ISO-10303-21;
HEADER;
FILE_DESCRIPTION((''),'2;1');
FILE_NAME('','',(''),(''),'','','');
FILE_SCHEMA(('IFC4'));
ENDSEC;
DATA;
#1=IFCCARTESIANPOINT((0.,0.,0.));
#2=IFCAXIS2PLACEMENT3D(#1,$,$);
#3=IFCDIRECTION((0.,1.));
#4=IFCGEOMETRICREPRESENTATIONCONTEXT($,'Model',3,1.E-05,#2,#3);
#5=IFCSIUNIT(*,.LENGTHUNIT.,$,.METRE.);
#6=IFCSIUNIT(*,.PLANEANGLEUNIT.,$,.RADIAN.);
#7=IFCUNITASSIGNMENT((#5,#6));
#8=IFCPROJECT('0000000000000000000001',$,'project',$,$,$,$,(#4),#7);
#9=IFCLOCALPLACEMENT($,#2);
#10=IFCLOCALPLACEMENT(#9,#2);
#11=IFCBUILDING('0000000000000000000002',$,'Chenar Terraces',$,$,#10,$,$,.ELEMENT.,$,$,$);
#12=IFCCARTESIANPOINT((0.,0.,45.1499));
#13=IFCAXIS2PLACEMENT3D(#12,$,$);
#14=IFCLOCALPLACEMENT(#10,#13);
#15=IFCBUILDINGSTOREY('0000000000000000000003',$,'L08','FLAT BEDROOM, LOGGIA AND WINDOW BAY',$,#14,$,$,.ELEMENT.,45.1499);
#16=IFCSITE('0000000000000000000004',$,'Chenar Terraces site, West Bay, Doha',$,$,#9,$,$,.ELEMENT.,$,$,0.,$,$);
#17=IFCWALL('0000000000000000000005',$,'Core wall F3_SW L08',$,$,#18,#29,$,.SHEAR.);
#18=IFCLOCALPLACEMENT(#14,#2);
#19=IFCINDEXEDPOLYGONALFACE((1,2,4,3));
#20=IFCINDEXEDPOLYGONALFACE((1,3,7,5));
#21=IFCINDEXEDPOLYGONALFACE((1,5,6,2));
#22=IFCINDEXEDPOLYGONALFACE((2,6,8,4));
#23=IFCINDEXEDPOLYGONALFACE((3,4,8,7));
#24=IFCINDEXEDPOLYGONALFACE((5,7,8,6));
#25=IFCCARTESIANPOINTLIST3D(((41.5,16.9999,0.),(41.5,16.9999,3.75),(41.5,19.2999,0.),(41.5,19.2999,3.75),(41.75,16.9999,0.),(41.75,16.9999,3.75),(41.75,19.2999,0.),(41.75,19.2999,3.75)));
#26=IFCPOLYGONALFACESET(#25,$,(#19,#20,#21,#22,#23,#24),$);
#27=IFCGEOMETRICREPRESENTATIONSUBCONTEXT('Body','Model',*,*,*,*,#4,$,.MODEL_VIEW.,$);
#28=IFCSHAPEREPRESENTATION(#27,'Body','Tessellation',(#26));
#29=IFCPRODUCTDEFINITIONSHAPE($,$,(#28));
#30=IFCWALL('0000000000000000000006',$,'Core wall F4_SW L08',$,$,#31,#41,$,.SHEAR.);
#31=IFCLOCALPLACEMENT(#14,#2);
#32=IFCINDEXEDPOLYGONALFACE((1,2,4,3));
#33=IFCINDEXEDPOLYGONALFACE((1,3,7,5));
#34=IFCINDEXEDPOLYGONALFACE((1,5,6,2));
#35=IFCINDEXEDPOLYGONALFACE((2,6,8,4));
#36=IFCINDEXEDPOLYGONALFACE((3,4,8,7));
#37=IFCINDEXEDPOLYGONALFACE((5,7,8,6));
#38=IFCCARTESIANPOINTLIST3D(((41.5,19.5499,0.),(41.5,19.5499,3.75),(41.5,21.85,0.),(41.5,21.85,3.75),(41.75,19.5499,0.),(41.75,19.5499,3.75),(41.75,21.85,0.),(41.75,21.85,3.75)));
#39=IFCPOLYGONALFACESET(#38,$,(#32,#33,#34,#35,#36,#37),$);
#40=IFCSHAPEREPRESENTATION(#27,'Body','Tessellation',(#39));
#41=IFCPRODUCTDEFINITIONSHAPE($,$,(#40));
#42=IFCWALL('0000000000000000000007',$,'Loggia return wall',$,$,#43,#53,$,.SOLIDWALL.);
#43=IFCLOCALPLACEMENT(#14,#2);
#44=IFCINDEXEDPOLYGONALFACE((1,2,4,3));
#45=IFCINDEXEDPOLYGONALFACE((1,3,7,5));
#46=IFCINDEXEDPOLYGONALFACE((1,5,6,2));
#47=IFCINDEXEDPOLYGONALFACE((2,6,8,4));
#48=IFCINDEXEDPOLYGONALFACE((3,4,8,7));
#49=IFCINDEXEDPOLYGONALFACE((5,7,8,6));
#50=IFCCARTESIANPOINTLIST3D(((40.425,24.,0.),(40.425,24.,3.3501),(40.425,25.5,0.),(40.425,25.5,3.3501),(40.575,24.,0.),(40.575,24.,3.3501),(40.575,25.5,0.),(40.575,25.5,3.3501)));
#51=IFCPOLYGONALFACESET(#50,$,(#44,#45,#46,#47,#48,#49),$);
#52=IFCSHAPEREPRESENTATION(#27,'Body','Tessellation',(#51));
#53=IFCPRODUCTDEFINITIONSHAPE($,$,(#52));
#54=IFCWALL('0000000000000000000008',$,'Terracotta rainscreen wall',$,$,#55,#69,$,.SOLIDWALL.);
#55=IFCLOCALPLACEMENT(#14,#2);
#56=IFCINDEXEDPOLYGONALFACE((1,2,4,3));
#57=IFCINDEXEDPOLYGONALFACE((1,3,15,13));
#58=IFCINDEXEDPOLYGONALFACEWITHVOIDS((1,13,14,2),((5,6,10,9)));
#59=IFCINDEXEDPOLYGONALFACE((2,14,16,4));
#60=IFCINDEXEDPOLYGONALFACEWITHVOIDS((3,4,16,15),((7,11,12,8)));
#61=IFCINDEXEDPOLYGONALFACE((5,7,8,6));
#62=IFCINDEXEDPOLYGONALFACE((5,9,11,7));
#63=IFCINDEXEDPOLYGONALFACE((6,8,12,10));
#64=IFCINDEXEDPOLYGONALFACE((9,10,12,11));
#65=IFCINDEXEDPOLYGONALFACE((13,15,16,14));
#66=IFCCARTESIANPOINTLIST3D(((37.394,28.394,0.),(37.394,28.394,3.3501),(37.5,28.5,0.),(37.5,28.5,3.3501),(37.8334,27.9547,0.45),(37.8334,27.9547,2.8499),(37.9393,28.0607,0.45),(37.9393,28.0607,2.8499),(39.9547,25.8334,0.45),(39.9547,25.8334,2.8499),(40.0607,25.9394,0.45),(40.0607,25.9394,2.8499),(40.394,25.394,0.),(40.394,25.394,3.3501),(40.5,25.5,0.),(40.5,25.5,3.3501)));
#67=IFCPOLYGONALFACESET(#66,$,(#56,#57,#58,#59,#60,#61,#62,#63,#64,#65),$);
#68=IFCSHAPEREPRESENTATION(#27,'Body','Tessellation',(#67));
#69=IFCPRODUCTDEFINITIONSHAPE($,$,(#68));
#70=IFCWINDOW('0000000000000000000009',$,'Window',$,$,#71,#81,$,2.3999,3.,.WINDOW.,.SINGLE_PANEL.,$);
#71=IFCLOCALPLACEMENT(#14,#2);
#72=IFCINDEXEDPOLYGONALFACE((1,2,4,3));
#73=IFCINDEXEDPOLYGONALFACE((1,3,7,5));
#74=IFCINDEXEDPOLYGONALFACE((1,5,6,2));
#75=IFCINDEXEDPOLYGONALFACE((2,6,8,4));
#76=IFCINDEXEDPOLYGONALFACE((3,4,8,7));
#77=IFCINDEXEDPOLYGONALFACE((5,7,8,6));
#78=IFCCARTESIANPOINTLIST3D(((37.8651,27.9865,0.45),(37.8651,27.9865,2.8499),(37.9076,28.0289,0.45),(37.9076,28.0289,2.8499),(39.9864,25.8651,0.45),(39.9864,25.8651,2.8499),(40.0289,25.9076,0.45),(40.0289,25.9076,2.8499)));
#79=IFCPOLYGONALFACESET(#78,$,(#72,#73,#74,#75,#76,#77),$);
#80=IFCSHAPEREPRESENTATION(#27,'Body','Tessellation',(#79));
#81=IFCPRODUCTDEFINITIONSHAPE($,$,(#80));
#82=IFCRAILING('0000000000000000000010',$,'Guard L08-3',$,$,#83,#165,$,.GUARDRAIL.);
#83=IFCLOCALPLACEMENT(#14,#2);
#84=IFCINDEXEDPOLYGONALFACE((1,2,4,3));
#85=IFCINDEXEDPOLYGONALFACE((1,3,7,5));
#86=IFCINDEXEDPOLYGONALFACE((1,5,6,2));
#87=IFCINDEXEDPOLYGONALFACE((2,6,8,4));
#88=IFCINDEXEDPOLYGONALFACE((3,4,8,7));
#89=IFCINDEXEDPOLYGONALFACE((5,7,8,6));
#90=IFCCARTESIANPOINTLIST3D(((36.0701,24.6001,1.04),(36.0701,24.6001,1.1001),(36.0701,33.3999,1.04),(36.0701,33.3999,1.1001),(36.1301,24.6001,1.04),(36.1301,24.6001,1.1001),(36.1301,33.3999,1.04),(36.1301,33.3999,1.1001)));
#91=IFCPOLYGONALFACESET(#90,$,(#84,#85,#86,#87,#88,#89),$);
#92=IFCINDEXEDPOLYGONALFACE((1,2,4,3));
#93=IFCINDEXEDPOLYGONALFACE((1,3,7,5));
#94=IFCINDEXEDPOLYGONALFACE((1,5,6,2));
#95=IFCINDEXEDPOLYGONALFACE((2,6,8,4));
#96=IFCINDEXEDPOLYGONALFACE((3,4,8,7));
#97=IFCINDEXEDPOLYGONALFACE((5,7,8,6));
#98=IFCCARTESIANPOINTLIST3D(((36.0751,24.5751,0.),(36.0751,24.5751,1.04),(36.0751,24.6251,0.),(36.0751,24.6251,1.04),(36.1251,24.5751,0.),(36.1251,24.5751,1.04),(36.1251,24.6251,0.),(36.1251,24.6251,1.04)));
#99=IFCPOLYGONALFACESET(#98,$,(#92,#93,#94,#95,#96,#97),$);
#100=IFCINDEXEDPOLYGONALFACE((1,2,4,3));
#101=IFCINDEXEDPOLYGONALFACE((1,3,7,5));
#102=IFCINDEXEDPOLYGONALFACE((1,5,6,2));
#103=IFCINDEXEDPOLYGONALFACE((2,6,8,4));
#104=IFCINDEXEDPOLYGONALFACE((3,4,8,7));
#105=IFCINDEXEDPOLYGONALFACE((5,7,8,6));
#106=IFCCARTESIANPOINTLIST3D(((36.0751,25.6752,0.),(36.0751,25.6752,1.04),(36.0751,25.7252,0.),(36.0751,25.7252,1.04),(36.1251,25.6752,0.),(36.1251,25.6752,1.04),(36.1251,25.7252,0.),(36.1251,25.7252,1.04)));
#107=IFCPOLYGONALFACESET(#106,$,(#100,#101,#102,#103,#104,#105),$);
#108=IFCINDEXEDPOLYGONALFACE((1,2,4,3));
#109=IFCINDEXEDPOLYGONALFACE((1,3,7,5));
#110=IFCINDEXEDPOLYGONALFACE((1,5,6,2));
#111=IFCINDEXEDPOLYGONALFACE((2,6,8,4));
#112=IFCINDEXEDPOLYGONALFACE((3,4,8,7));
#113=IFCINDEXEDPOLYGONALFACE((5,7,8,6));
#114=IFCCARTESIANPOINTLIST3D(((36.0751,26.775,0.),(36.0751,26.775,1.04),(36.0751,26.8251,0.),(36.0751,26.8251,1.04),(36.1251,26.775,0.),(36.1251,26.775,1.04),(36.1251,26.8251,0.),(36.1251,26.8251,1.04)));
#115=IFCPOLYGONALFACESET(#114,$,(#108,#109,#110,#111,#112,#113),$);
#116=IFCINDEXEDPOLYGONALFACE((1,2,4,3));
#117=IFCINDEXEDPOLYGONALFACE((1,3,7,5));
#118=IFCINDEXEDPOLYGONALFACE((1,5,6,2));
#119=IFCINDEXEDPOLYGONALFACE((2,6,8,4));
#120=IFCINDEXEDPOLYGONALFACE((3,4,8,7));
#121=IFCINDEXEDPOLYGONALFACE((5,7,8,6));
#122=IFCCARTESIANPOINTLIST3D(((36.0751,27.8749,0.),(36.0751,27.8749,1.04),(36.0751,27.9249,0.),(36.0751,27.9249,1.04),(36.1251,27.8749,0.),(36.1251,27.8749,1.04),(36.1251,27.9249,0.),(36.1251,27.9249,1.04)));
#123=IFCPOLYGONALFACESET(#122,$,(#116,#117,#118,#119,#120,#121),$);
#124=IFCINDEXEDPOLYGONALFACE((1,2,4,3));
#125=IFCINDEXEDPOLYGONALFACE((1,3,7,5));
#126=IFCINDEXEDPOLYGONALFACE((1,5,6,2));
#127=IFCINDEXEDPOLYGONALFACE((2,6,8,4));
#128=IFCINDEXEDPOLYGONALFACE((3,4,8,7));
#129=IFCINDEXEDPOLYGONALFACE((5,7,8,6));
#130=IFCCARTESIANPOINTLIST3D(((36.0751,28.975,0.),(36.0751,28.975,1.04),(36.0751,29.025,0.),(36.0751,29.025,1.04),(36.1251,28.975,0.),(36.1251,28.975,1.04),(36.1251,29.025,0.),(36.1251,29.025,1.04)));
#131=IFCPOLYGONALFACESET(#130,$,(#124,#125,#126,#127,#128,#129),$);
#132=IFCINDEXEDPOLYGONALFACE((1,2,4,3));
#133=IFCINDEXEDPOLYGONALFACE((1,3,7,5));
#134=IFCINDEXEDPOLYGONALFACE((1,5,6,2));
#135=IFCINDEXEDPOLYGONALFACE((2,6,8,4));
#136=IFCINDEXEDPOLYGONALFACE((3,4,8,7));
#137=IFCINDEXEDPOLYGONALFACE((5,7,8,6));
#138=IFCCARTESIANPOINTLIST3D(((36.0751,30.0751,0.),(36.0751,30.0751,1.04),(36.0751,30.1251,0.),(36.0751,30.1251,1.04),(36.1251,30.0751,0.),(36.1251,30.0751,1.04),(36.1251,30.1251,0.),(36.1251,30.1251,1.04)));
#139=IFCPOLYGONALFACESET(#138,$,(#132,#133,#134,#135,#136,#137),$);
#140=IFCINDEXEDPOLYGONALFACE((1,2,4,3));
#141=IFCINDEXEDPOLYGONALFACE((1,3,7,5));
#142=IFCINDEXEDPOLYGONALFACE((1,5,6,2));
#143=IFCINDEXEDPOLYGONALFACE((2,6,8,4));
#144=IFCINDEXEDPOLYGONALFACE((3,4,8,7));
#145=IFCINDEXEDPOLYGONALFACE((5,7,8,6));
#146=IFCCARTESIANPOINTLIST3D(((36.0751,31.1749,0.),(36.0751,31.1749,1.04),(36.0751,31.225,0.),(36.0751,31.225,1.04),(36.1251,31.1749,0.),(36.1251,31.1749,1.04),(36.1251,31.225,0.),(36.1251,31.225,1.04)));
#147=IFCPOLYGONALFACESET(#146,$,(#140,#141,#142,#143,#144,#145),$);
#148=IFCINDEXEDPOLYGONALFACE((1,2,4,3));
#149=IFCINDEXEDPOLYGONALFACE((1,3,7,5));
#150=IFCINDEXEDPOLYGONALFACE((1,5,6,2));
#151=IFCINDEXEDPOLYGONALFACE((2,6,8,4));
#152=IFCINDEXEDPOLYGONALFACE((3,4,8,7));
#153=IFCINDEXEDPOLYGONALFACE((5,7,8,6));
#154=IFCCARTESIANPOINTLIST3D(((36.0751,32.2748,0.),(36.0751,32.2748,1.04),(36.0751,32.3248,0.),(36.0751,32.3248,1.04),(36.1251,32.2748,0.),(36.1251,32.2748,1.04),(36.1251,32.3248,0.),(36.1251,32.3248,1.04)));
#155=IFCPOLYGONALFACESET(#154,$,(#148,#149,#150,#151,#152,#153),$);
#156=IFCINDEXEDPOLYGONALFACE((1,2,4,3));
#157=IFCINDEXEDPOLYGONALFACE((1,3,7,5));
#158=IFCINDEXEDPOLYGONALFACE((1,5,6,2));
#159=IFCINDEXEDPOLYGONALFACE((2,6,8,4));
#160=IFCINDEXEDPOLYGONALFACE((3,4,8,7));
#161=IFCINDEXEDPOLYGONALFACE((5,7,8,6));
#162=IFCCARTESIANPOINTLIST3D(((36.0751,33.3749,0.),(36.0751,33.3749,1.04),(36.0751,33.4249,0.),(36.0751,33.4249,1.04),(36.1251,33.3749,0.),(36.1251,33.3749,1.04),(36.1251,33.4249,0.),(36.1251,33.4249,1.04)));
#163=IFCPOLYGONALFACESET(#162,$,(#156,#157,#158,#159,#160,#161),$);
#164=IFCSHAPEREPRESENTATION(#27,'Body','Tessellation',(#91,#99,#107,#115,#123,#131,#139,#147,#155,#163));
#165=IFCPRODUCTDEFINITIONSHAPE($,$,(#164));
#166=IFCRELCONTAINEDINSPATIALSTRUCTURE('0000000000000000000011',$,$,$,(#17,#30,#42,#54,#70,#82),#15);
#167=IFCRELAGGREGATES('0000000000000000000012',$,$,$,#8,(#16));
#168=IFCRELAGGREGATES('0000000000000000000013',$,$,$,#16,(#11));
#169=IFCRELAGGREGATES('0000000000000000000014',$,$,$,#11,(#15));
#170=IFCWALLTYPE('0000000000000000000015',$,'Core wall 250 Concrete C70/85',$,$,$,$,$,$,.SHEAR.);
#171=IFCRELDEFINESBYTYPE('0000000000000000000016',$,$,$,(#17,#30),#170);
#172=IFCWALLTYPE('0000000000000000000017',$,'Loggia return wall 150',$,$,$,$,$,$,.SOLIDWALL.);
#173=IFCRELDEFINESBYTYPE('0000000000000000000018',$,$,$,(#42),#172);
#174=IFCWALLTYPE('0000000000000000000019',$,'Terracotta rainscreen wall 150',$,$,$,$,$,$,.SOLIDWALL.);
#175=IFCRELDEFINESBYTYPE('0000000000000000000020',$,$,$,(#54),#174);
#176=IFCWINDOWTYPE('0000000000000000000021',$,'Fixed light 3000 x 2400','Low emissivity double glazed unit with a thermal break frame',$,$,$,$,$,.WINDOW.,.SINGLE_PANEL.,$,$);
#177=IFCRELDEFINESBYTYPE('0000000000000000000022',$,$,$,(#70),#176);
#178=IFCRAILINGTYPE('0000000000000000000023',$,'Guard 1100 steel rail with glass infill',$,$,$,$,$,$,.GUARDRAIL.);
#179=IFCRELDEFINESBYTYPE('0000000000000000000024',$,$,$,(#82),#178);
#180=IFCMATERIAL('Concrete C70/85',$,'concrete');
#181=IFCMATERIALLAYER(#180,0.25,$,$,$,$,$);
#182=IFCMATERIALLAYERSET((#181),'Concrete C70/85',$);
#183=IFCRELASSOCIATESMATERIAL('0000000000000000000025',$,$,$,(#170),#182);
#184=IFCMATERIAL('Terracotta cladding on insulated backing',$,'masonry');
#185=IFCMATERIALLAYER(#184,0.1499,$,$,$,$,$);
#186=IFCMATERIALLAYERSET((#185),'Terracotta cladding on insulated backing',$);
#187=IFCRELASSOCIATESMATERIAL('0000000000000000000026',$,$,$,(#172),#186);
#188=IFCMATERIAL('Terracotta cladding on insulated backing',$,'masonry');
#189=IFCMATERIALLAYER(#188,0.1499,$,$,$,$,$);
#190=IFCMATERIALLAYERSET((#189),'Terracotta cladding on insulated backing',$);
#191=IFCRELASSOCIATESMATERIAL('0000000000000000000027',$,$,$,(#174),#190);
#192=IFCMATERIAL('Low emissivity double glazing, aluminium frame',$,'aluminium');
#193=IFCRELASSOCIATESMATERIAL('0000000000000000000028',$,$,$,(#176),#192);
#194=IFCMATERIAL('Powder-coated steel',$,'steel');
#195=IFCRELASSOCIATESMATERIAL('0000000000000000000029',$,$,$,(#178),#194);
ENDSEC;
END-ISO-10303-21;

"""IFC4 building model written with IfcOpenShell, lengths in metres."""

from ifc_helpers import new_model, si_unit, direction, frame, frame_2d, origin, origin_2d, place, context, subcontext, project, spatial, rectangle, extrude, material, layer, layer_set, type_object, element, fill, save


model = new_model("IFC4")

# Units and contexts
model_context = context("Model", 3, precision=1e-05, world=origin(), true_north=direction((0.0, 1.0)))
body_context = subcontext(model_context, "Body", "Model", "MODEL_VIEW")
ifc_project = project(units=[si_unit("LENGTHUNIT", "METRE"), si_unit("PLANEANGLEUNIT", "RADIAN")], contexts=[model_context])

# Site, building, storey
site_placement = place(None, origin())
site = spatial("IfcSite", under=ifc_project, at=site_placement, Name="Chenar Terraces site, West Bay, Doha", CompositionType="ELEMENT", RefElevation=0.0)
building_placement = place(site_placement, origin())
building = spatial("IfcBuilding", under=site, at=building_placement, Name="Chenar Terraces", CompositionType="ELEMENT")
storey_placement = place(building_placement, frame((0.0, 0.0, 45.1499)))
storey = spatial("IfcBuildingStorey", under=building, at=storey_placement, Name="L08", Description="FLAT BEDROOM, LOGGIA AND WINDOW BAY", CompositionType="ELEMENT", Elevation=45.1499)

# Shared definitions
ifc_material_1 = material(Name="Concrete C70/85", Category="concrete")
ifc_layer_1 = layer(ifc_material_1, 0.25)
ifc_layer_set_1 = layer_set([ifc_layer_1], Name="Concrete C70/85")
wall_type_1 = type_object("IfcWallType", Name="Core wall 250 Concrete C70/85", PredefinedType="SHEAR", material=ifc_layer_set_1)

# Walls
for number, where, z_axis, x_axis, name in (
    (1, (41.625, 17.0, 0.0), (0.0, 0.0, 1.0), (0.0, 1.0, 0.0), "Core wall F3_SW L08"),
    (2, (41.625, 19.55, 0.0), (0.0, 0.0, 1.0), (0.0, 1.0, 0.0), "Core wall F4_SW L08"),
):
    element("IfcWall", number, at=place(storey_placement, frame(where, z_axis=z_axis, x_axis=x_axis)), inside=storey, type_object=wall_type_1, Name=name, PredefinedType="SHEAR", context=body_context, shape_type="SweptSolid", body=[
        extrude(rectangle(XDim=2.3, YDim=0.25, at=frame_2d((1.1499, 0.0))), origin(), (0.0, 0.0, 1.0), 3.75),
    ])
ifc_material_2 = material(Name="Terracotta cladding on insulated backing", Category="masonry")
ifc_layer_2 = layer(ifc_material_2, 0.1499)
ifc_layer_set_2 = layer_set([ifc_layer_2], Name="Terracotta cladding on insulated backing")
wall_type_2 = type_object("IfcWallType", Name="Loggia return wall 150", PredefinedType="SOLIDWALL", material=ifc_layer_set_2)
wall_1_placement = place(storey_placement, frame((40.5, 25.5, 0.0), z_axis=(0.0, 0.0, 1.0), x_axis=(0.0, -1.0, 0.0)))
element("IfcWall", 3, at=wall_1_placement, inside=storey, type_object=wall_type_2, Name="Loggia return wall", PredefinedType="SOLIDWALL", context=body_context, shape_type="SweptSolid", body=[
    extrude(rectangle(XDim=1.5, YDim=0.1499, at=frame_2d((0.75, 0.0))), origin(), (0.0, 0.0, 1.0), 3.3501),
])

# Wall, opening, window
ifc_material_3 = material(Name="Terracotta cladding on insulated backing", Category="masonry")
ifc_layer_3 = layer(ifc_material_3, 0.1499)
ifc_layer_set_3 = layer_set([ifc_layer_3], Name="Terracotta cladding on insulated backing")
wall_type_3 = type_object("IfcWallType", Name="Terracotta rainscreen wall 150", PredefinedType="SOLIDWALL", material=ifc_layer_set_3)
wall_2_placement = place(storey_placement, frame((40.447, 25.447, 0.0), z_axis=(0.0, 0.0, 1.0), x_axis=(-0.707107, 0.707107, 0.0)))
wall_2 = element("IfcWall", 4, at=wall_2_placement, inside=storey, type_object=wall_type_3, Name="Terracotta rainscreen wall", PredefinedType="SOLIDWALL", context=body_context, shape_type="SweptSolid", body=[
    extrude(rectangle(XDim=4.2427, YDim=0.1499, at=frame_2d((2.1213, 0.0))), origin(), (0.0, 0.0, 1.0), 3.3501),
])
opening_1_placement = place(wall_2_placement, frame((0.6213, 0.0, 0.45)))
opening_1 = element("IfcOpeningElement", 5, at=opening_1_placement, cuts=wall_2, PredefinedType="OPENING", context=body_context, shape_type="SweptSolid", body=[
    extrude(rectangle(XDim=3.0, YDim=2.3999, at=frame_2d((1.5, 1.2))), frame((0.0, 0.085, 0.0), z_axis=(0.0, -1.0, 0.0), x_axis=(1.0, 0.0, 0.0)), (0.0, 0.0, 1.0), 0.1699),
])
ifc_material_4 = material(Name="Low emissivity double glazing, aluminium frame", Category="aluminium")
window_type = type_object("IfcWindowType", Name="Fixed light 3000 x 2400", Description="Low emissivity double glazed unit with a thermal break frame", PartitioningType="SINGLE_PANEL", PredefinedType="WINDOW", material=ifc_material_4)
window_placement = place(opening_1_placement, origin())
window = element("IfcWindow", 6, at=window_placement, inside=storey, type_object=window_type, Name="Window", OverallHeight=2.3999, OverallWidth=3.0, PartitioningType="SINGLE_PANEL", PredefinedType="WINDOW", context=body_context, shape_type="SweptSolid", body=[
    extrude(rectangle(XDim=3.0, YDim=2.3999, at=frame_2d((1.5, 1.2))), frame((0.0, 0.03, 0.0), z_axis=(0.0, -1.0, 0.0), x_axis=(1.0, 0.0, 0.0)), (0.0, 0.0, 1.0), 0.0601),
])
fill(opening_1, window)

# Railing
ifc_material_5 = material(Name="Powder-coated steel", Category="steel")
railing_type = type_object("IfcRailingType", Name="Guard 1100 steel rail with glass infill", PredefinedType="GUARDRAIL", material=ifc_material_5)
railing_placement = place(storey_placement, frame((36.1001, 24.6001, 0.0)))
element("IfcRailing", 7, at=railing_placement, inside=storey, type_object=railing_type, Name="Guard L08-3", PredefinedType="GUARDRAIL", context=body_context, shape_type="SweptSolid", body=[
    extrude(rectangle(XDim=0.0601, YDim=0.0601, at=origin_2d()), frame((0.0, 0.0, 1.0701), z_axis=(0.0, 1.0, 0.0), x_axis=(-1.0, 0.0, 0.0)), (0.0, 0.0, 1.0), 8.7998),
    extrude(rectangle(XDim=0.05, YDim=0.05, at=origin_2d()), origin(), (0.0, 0.0, 1.0), 1.04),
    extrude(rectangle(XDim=0.05, YDim=0.05, at=origin_2d()), frame((0.0, 1.1001, 0.0)), (0.0, 0.0, 1.0), 1.04),
    extrude(rectangle(XDim=0.05, YDim=0.05, at=origin_2d()), frame((0.0, 2.2, 0.0)), (0.0, 0.0, 1.0), 1.04),
    extrude(rectangle(XDim=0.05, YDim=0.05, at=origin_2d()), frame((0.0, 3.2998, 0.0)), (0.0, 0.0, 1.0), 1.04),
    extrude(rectangle(XDim=0.05, YDim=0.05, at=origin_2d()), frame((0.0, 4.3999, 0.0)), (0.0, 0.0, 1.0), 1.04),
    extrude(rectangle(XDim=0.05, YDim=0.05, at=origin_2d()), frame((0.0, 5.5, 0.0)), (0.0, 0.0, 1.0), 1.04),
    extrude(rectangle(XDim=0.05, YDim=0.05, at=origin_2d()), frame((0.0, 6.5999, 0.0)), (0.0, 0.0, 1.0), 1.04),
    extrude(rectangle(XDim=0.05, YDim=0.05, at=origin_2d()), frame((0.0, 7.6997, 0.0)), (0.0, 0.0, 1.0), 1.04),
    extrude(rectangle(XDim=0.05, YDim=0.05, at=origin_2d()), frame((0.0, 8.7998, 0.0)), (0.0, 0.0, 1.0), 1.04),
])

save(model, "model.ifc")
